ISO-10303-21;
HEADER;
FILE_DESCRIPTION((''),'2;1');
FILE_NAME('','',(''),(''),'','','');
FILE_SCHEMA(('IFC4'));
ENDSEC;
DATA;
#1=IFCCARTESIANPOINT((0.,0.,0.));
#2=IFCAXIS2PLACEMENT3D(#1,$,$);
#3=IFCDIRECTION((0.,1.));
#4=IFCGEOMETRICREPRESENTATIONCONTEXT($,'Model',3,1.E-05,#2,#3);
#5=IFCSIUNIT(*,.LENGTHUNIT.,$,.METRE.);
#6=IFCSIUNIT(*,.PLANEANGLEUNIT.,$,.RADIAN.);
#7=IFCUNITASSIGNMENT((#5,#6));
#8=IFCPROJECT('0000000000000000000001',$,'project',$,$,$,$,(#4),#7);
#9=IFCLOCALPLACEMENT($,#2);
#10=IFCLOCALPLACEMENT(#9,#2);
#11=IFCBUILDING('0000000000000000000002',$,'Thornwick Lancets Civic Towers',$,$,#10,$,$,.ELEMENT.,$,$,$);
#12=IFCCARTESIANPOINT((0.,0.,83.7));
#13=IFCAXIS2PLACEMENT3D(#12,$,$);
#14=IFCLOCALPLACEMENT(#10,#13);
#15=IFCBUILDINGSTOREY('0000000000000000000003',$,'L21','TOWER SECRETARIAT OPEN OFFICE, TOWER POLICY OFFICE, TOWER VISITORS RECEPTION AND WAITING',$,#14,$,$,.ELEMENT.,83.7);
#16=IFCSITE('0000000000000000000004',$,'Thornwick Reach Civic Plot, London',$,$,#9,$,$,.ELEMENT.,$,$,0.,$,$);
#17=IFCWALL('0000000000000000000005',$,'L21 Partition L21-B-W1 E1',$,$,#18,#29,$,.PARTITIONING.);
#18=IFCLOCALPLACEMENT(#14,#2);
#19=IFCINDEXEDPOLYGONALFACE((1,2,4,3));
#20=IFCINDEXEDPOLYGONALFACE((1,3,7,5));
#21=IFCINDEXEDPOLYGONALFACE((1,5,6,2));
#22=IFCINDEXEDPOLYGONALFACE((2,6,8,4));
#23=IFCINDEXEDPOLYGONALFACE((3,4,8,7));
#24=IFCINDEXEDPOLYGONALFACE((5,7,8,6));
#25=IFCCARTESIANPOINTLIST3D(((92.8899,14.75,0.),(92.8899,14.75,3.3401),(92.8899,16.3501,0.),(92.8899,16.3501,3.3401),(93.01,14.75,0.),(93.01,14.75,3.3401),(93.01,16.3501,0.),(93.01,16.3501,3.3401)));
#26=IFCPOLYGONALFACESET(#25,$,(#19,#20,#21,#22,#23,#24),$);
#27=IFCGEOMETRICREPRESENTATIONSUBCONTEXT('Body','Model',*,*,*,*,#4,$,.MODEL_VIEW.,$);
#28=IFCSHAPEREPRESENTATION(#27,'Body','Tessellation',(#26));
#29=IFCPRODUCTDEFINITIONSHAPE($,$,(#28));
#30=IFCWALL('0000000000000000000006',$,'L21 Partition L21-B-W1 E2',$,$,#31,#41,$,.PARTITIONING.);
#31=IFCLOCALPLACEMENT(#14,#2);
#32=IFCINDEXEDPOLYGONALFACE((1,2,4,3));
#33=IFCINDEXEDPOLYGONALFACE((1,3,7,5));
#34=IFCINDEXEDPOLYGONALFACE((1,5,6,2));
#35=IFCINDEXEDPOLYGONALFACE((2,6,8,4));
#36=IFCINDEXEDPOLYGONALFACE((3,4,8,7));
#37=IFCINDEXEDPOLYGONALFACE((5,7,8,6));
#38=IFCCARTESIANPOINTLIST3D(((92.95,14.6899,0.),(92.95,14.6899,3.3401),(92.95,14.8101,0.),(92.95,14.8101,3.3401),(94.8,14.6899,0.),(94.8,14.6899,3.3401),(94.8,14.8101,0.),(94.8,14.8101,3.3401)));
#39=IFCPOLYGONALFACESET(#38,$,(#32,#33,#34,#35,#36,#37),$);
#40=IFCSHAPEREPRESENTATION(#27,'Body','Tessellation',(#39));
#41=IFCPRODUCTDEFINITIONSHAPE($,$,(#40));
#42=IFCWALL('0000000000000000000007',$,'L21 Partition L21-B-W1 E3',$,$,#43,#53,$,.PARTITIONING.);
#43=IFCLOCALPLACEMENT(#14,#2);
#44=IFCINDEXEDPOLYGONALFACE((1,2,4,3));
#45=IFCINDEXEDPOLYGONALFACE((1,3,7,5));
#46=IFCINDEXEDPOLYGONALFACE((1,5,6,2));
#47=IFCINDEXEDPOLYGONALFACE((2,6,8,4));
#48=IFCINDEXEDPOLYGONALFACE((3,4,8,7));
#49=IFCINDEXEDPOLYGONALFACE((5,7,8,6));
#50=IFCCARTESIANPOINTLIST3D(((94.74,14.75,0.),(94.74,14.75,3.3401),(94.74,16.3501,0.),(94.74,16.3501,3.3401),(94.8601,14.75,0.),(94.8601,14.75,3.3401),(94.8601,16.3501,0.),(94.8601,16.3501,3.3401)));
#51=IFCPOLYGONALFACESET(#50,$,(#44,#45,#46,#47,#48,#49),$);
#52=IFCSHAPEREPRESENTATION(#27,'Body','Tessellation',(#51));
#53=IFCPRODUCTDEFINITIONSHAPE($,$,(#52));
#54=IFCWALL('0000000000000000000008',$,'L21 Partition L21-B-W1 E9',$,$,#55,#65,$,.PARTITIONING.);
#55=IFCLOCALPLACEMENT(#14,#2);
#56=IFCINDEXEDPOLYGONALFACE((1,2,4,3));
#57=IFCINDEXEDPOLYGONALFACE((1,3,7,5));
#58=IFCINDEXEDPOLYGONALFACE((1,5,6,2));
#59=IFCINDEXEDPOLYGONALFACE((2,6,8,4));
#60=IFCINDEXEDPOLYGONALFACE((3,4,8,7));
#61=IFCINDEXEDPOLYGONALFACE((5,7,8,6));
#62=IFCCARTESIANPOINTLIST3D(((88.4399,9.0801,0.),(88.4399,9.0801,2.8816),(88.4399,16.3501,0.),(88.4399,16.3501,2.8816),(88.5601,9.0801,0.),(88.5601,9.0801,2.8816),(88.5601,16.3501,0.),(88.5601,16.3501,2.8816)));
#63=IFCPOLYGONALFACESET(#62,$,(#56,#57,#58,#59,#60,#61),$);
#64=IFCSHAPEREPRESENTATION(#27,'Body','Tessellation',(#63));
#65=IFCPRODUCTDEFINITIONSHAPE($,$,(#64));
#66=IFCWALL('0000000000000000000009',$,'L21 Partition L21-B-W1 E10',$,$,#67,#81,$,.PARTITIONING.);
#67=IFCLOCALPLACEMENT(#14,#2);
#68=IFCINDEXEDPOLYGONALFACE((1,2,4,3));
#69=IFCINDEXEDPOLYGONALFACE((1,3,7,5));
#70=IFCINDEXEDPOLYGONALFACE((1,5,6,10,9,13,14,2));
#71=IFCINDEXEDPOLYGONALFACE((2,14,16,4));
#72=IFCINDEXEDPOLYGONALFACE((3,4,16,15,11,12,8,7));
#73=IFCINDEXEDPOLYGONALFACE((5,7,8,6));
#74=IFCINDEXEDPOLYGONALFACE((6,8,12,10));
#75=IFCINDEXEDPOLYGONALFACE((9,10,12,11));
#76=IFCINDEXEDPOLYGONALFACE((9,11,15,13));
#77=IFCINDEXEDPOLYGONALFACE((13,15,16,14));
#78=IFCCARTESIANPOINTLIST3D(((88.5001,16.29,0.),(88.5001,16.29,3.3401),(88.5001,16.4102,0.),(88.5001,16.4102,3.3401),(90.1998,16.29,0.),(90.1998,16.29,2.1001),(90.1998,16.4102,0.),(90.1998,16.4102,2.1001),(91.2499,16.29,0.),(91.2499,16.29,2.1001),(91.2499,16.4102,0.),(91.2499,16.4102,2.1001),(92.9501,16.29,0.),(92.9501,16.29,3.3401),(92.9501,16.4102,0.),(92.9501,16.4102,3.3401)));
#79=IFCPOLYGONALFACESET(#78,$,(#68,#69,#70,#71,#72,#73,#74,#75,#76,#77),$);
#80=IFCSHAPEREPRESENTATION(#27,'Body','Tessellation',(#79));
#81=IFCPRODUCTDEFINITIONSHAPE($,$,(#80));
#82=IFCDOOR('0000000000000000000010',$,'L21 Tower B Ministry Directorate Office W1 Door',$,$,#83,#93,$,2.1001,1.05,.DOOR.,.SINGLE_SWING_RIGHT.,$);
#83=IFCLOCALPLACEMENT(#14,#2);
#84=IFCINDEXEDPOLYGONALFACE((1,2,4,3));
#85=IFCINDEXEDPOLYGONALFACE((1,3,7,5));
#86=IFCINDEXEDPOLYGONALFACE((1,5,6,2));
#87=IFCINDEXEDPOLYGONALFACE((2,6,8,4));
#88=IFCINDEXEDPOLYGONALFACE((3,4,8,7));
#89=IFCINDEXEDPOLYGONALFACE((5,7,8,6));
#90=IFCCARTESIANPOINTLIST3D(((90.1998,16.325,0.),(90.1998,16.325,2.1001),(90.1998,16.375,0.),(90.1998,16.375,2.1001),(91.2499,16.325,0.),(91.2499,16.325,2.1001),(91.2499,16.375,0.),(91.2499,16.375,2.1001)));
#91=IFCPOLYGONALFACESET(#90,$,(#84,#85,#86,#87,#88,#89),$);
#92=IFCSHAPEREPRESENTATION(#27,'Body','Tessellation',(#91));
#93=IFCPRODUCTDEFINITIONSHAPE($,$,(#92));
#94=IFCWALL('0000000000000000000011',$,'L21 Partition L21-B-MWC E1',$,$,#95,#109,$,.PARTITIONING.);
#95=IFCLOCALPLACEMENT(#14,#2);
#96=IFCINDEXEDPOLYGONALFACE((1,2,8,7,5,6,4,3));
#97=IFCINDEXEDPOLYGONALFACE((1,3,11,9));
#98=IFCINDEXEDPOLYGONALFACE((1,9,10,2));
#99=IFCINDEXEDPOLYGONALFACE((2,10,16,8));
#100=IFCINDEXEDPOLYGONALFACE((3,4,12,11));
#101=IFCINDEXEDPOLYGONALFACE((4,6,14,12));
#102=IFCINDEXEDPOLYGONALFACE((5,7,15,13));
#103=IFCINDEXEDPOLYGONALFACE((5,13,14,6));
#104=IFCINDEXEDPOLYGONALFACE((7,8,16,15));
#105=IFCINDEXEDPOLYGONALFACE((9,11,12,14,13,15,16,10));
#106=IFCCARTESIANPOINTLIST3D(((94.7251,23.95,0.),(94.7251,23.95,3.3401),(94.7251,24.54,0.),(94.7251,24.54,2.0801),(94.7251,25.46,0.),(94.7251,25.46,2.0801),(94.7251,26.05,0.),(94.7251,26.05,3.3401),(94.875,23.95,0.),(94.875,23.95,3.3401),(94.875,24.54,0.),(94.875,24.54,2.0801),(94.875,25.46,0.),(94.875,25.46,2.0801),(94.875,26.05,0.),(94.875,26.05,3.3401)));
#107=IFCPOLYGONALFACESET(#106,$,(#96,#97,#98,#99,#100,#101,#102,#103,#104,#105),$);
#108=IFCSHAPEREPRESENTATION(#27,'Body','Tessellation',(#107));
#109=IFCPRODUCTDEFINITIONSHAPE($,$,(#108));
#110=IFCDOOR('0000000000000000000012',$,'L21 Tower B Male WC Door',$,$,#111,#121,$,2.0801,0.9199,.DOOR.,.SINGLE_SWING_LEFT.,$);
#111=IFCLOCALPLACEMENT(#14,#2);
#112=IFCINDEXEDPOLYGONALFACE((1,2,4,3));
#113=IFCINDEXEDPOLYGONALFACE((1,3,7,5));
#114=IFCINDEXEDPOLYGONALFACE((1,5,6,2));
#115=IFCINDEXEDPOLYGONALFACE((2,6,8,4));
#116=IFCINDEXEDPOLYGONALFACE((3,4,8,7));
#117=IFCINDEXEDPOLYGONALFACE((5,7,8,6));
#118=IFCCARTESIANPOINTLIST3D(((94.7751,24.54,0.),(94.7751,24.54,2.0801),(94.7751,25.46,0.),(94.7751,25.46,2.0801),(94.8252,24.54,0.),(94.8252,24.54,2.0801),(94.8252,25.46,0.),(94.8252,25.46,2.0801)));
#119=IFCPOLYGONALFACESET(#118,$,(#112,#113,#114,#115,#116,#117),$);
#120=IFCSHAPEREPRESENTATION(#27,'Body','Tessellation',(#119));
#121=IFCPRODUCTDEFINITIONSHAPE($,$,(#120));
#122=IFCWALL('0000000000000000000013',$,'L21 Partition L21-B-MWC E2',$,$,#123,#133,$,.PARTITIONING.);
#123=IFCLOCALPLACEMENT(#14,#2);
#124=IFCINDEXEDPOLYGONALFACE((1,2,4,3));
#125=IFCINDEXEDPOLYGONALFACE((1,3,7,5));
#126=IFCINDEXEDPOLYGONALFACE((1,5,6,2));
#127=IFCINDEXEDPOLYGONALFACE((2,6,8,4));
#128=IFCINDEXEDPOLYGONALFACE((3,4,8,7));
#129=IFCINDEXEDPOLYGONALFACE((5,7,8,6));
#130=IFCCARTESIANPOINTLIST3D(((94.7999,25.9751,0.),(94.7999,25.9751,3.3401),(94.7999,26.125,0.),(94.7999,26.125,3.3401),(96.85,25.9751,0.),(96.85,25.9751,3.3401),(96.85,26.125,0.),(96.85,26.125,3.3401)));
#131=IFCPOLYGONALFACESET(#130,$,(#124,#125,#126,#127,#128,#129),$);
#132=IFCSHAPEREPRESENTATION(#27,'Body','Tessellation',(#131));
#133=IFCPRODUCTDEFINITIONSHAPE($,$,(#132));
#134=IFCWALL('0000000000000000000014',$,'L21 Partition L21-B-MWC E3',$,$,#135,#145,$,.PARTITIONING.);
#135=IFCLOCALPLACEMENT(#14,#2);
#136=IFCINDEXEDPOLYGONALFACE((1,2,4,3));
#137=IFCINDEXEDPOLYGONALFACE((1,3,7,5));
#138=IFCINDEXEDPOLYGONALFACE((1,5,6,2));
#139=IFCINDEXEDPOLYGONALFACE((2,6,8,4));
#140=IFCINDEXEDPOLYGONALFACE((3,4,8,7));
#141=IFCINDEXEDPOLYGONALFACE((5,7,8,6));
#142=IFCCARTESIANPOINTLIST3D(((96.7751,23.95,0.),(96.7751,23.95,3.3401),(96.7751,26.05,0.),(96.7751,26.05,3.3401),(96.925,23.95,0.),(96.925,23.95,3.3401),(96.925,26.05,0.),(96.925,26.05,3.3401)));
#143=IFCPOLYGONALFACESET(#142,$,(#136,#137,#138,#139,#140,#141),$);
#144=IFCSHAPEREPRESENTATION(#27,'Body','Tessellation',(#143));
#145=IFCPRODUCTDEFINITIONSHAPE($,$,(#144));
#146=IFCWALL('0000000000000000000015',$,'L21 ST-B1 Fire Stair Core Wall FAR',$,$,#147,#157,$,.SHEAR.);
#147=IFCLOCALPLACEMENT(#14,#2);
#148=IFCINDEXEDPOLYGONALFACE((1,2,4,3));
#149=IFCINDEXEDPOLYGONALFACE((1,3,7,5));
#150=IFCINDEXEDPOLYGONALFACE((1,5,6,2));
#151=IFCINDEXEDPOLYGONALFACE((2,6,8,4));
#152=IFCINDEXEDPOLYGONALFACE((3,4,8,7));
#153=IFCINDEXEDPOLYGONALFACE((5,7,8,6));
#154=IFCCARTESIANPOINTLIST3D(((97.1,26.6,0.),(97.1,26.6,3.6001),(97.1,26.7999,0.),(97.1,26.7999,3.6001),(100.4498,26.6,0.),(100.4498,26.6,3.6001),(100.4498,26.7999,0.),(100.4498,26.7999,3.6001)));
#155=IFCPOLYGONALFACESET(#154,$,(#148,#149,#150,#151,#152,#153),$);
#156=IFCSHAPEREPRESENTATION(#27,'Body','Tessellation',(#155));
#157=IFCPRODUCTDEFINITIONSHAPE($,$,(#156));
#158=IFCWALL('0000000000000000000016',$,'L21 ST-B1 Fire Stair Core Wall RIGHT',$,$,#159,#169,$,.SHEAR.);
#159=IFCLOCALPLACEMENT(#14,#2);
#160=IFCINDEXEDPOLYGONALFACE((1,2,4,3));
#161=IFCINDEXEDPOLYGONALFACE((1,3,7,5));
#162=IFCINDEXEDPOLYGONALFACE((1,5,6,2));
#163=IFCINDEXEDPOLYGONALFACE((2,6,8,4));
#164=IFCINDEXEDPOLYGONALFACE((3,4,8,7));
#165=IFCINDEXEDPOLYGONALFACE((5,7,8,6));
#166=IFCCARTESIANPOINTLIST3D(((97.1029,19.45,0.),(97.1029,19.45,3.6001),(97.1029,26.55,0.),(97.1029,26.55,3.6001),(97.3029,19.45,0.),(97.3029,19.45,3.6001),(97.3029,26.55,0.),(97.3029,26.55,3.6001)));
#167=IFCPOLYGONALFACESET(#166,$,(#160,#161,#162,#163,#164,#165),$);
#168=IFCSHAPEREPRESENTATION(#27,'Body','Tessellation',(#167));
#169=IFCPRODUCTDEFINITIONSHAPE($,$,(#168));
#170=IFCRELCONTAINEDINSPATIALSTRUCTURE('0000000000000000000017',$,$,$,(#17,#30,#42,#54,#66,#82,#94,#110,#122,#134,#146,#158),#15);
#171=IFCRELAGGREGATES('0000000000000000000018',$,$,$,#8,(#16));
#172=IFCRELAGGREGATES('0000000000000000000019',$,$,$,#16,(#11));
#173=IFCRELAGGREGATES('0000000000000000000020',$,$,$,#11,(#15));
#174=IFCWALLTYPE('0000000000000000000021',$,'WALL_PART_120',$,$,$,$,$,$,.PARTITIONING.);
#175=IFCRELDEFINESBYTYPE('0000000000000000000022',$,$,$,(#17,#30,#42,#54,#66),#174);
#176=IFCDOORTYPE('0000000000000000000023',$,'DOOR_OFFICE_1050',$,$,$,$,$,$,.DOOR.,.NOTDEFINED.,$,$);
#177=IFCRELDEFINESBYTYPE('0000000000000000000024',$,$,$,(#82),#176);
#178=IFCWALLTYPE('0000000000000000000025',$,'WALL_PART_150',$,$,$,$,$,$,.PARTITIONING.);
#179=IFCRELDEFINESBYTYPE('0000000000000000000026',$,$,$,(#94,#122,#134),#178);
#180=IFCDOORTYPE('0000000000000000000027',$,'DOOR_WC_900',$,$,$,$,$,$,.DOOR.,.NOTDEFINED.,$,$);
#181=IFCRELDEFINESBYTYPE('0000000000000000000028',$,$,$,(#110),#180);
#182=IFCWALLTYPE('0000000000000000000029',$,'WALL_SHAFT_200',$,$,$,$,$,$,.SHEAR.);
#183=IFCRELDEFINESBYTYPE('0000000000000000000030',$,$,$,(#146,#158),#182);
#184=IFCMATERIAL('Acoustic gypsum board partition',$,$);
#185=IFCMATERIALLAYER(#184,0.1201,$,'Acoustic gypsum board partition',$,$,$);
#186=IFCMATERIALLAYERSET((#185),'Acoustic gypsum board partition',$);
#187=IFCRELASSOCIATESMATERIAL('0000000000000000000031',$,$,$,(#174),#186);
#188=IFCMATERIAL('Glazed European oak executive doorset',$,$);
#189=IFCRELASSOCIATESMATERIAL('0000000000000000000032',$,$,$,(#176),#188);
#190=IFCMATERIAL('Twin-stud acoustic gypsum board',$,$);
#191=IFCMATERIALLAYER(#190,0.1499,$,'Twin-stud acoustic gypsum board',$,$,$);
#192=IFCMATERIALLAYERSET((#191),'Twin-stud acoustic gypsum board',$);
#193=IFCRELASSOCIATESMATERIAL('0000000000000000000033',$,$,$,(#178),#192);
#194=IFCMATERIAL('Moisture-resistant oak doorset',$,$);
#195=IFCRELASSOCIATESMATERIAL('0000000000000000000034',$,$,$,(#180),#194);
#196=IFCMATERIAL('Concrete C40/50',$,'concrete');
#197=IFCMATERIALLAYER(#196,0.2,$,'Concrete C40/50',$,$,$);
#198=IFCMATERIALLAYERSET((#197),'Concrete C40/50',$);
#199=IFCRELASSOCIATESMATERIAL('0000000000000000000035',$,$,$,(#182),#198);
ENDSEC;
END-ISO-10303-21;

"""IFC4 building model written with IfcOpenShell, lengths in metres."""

from ifc_helpers import new_model, si_unit, direction, frame, frame_2d, origin, place, context, subcontext, project, spatial, rectangle, extrude, material, layer, layer_set, type_object, element, fill, save


model = new_model("IFC4")

# Units and contexts
model_context = context("Model", 3, precision=1e-05, world=origin(), true_north=direction((0.0, 1.0)))
body_context = subcontext(model_context, "Body", "Model", "MODEL_VIEW")
ifc_project = project(units=[si_unit("LENGTHUNIT", "METRE"), si_unit("PLANEANGLEUNIT", "RADIAN")], contexts=[model_context])

# Site, building, storey
site_placement = place(None, origin())
site = spatial("IfcSite", under=ifc_project, at=site_placement, Name="Thornwick Reach Civic Plot, London", CompositionType="ELEMENT", RefElevation=0.0)
building_placement = place(site_placement, origin())
building = spatial("IfcBuilding", under=site, at=building_placement, Name="Thornwick Lancets Civic Towers", CompositionType="ELEMENT")
storey_placement = place(building_placement, frame((0.0, 0.0, 83.7)))
storey = spatial("IfcBuildingStorey", under=building, at=storey_placement, Name="L21", Description="TOWER SECRETARIAT OPEN OFFICE, TOWER POLICY OFFICE, TOWER VISITORS RECEPTION AND WAITING", CompositionType="ELEMENT", Elevation=83.7)

# Walls
ifc_material_1 = material(Name="Acoustic gypsum board partition")
ifc_layer_1 = layer(ifc_material_1, 0.1201, Name="Acoustic gypsum board partition")
ifc_layer_set_1 = layer_set([ifc_layer_1], Name="Acoustic gypsum board partition")
wall_type_1 = type_object("IfcWallType", Name="WALL_PART_120", PredefinedType="PARTITIONING", material=ifc_layer_set_1)
wall_1_placement = place(storey_placement, frame((92.95, 16.3501, 0.0), z_axis=(0.0, 0.0, 1.0), x_axis=(0.0, -1.0, 0.0)))
element("IfcWall", 1, at=wall_1_placement, inside=storey, type_object=wall_type_1, Name="L21 Partition L21-B-W1 E1", PredefinedType="PARTITIONING", context=body_context, shape_type="SweptSolid", body=[
    extrude(rectangle(XDim=1.6001, YDim=0.1201, at=frame_2d((0.8, 0.0))), origin(), (0.0, 0.0, 1.0), 3.3401),
])
wall_2_placement = place(storey_placement, frame((92.95, 14.75, 0.0), z_axis=(0.0, 0.0, 1.0), x_axis=(1.0, 0.0, 0.0)))
element("IfcWall", 2, at=wall_2_placement, inside=storey, type_object=wall_type_1, Name="L21 Partition L21-B-W1 E2", PredefinedType="PARTITIONING", context=body_context, shape_type="SweptSolid", body=[
    extrude(rectangle(XDim=1.8501, YDim=0.1201, at=frame_2d((0.925, 0.0))), origin(), (0.0, 0.0, 1.0), 3.3401),
])
wall_3_placement = place(storey_placement, frame((94.8, 14.75, 0.0), z_axis=(0.0, 0.0, 1.0), x_axis=(0.0, 1.0, 0.0)))
element("IfcWall", 3, at=wall_3_placement, inside=storey, type_object=wall_type_1, Name="L21 Partition L21-B-W1 E3", PredefinedType="PARTITIONING", context=body_context, shape_type="SweptSolid", body=[
    extrude(rectangle(XDim=1.6001, YDim=0.1201, at=frame_2d((0.8, 0.0))), origin(), (0.0, 0.0, 1.0), 3.3401),
])
wall_4_placement = place(storey_placement, frame((88.5, 9.0801, 0.0), z_axis=(0.0, 0.0, 1.0), x_axis=(0.0, 1.0, 0.0)))
element("IfcWall", 4, at=wall_4_placement, inside=storey, type_object=wall_type_1, Name="L21 Partition L21-B-W1 E9", PredefinedType="PARTITIONING", context=body_context, shape_type="SweptSolid", body=[
    extrude(rectangle(XDim=7.27, YDim=0.1201, at=frame_2d((3.635, 0.0))), origin(), (0.0, 0.0, 1.0), 2.8816),
])

# Walls, openings, doors
wall_5_placement = place(storey_placement, frame((88.5, 16.3501, 0.0), z_axis=(0.0, 0.0, 1.0), x_axis=(1.0, 0.0, 0.0)))
wall_5 = element("IfcWall", 5, at=wall_5_placement, inside=storey, type_object=wall_type_1, Name="L21 Partition L21-B-W1 E10", PredefinedType="PARTITIONING", context=body_context, shape_type="SweptSolid", body=[
    extrude(rectangle(XDim=4.45, YDim=0.1201, at=frame_2d((2.2251, 0.0))), origin(), (0.0, 0.0, 1.0), 3.3401),
])
opening_1_placement = place(wall_5_placement, frame((1.7, 0.0, 0.0)))
opening_1 = element("IfcOpeningElement", 6, at=opening_1_placement, cuts=wall_5, PredefinedType="OPENING", context=body_context, shape_type="SweptSolid", body=[
    extrude(rectangle(XDim=1.05, YDim=2.1001, at=frame_2d((0.5249, 1.05))), frame((0.0, 0.0701, 0.0), z_axis=(0.0, -1.0, 0.0), x_axis=(1.0, 0.0, 0.0)), (0.0, 0.0, 1.0), 0.1401),
])
ifc_material_2 = material(Name="Glazed European oak executive doorset")
door_type_1 = type_object("IfcDoorType", Name="DOOR_OFFICE_1050", OperationType="NOTDEFINED", PredefinedType="DOOR", material=ifc_material_2)
door_1_placement = place(opening_1_placement, origin())
door_1 = element("IfcDoor", 7, at=door_1_placement, inside=storey, type_object=door_type_1, Name="L21 Tower B Ministry Directorate Office W1 Door", OperationType="SINGLE_SWING_RIGHT", OverallHeight=2.1001, OverallWidth=1.05, PredefinedType="DOOR", context=body_context, shape_type="SweptSolid", body=[
    extrude(rectangle(XDim=1.05, YDim=2.1001, at=frame_2d((0.5249, 1.05))), frame((0.0, 0.0249, 0.0), z_axis=(0.0, -1.0, 0.0), x_axis=(1.0, 0.0, 0.0)), (0.0, 0.0, 1.0), 0.05),
])
fill(opening_1, door_1)
ifc_material_3 = material(Name="Twin-stud acoustic gypsum board")
ifc_layer_2 = layer(ifc_material_3, 0.1499, Name="Twin-stud acoustic gypsum board")
ifc_layer_set_2 = layer_set([ifc_layer_2], Name="Twin-stud acoustic gypsum board")
wall_type_2 = type_object("IfcWallType", Name="WALL_PART_150", PredefinedType="PARTITIONING", material=ifc_layer_set_2)
wall_6_placement = place(storey_placement, frame((94.8, 23.95, 0.0), z_axis=(0.0, 0.0, 1.0), x_axis=(0.0, 1.0, 0.0)))
wall_6 = element("IfcWall", 8, at=wall_6_placement, inside=storey, type_object=wall_type_2, Name="L21 Partition L21-B-MWC E1", PredefinedType="PARTITIONING", context=body_context, shape_type="SweptSolid", body=[
    extrude(rectangle(XDim=2.1001, YDim=0.1499, at=frame_2d((1.05, 0.0))), origin(), (0.0, 0.0, 1.0), 3.3401),
])
opening_2_placement = place(wall_6_placement, frame((0.5901, 0.0, 0.0)))
opening_2 = element("IfcOpeningElement", 9, at=opening_2_placement, cuts=wall_6, PredefinedType="OPENING", context=body_context, shape_type="SweptSolid", body=[
    extrude(rectangle(XDim=0.9199, YDim=2.0801, at=frame_2d((0.46, 1.04))), frame((0.0, 0.085, 0.0), z_axis=(0.0, -1.0, 0.0), x_axis=(1.0, 0.0, 0.0)), (0.0, 0.0, 1.0), 0.1699),
])
ifc_material_4 = material(Name="Moisture-resistant oak doorset")
door_type_2 = type_object("IfcDoorType", Name="DOOR_WC_900", OperationType="NOTDEFINED", PredefinedType="DOOR", material=ifc_material_4)
door_2_placement = place(opening_2_placement, origin())
door_2 = element("IfcDoor", 10, at=door_2_placement, inside=storey, type_object=door_type_2, Name="L21 Tower B Male WC Door", OperationType="SINGLE_SWING_LEFT", OverallHeight=2.0801, OverallWidth=0.9199, PredefinedType="DOOR", context=body_context, shape_type="SweptSolid", body=[
    extrude(rectangle(XDim=0.9199, YDim=2.0801, at=frame_2d((0.46, 1.04))), frame((0.0, 0.0249, 0.0), z_axis=(0.0, -1.0, 0.0), x_axis=(1.0, 0.0, 0.0)), (0.0, 0.0, 1.0), 0.05),
])
fill(opening_2, door_2)

# Walls
wall_7_placement = place(storey_placement, frame((94.8, 26.05, 0.0), z_axis=(0.0, 0.0, 1.0), x_axis=(1.0, 0.0, 0.0)))
element("IfcWall", 11, at=wall_7_placement, inside=storey, type_object=wall_type_2, Name="L21 Partition L21-B-MWC E2", PredefinedType="PARTITIONING", context=body_context, shape_type="SweptSolid", body=[
    extrude(rectangle(XDim=2.05, YDim=0.1499, at=frame_2d((1.0249, 0.0))), origin(), (0.0, 0.0, 1.0), 3.3401),
])
wall_8_placement = place(storey_placement, frame((96.8501, 26.05, 0.0), z_axis=(0.0, 0.0, 1.0), x_axis=(0.0, -1.0, 0.0)))
element("IfcWall", 12, at=wall_8_placement, inside=storey, type_object=wall_type_2, Name="L21 Partition L21-B-MWC E3", PredefinedType="PARTITIONING", context=body_context, shape_type="SweptSolid", body=[
    extrude(rectangle(XDim=2.1001, YDim=0.1499, at=frame_2d((1.05, 0.0))), origin(), (0.0, 0.0, 1.0), 3.3401),
])
ifc_material_5 = material(Name="Concrete C40/50", Category="concrete")
ifc_layer_3 = layer(ifc_material_5, 0.2, Name="Concrete C40/50")
ifc_layer_set_3 = layer_set([ifc_layer_3], Name="Concrete C40/50")
wall_type_3 = type_object("IfcWallType", Name="WALL_SHAFT_200", PredefinedType="SHEAR", material=ifc_layer_set_3)
wall_9_placement = place(storey_placement, frame((97.1001, 26.7, 0.0), z_axis=(0.0, 0.0, 1.0), x_axis=(1.0, 0.0, 0.0)))
element("IfcWall", 13, at=wall_9_placement, inside=storey, type_object=wall_type_3, Name="L21 ST-B1 Fire Stair Core Wall FAR", PredefinedType="SHEAR", context=body_context, shape_type="SweptSolid", body=[
    extrude(rectangle(XDim=3.3499, YDim=0.2, at=frame_2d((1.6748, 0.0))), origin(), (0.0, 0.0, 1.0), 3.6001),
])
wall_10_placement = place(storey_placement, frame((97.2029, 26.55, 0.0), z_axis=(0.0, 0.0, 1.0), x_axis=(0.0, -1.0, 0.0)))
element("IfcWall", 14, at=wall_10_placement, inside=storey, type_object=wall_type_3, Name="L21 ST-B1 Fire Stair Core Wall RIGHT", PredefinedType="SHEAR", context=body_context, shape_type="SweptSolid", body=[
    extrude(rectangle(XDim=7.1001, YDim=0.2, at=frame_2d((3.55, 0.0))), origin(), (0.0, 0.0, 1.0), 3.6001),
])

save(model, "model.ifc")
